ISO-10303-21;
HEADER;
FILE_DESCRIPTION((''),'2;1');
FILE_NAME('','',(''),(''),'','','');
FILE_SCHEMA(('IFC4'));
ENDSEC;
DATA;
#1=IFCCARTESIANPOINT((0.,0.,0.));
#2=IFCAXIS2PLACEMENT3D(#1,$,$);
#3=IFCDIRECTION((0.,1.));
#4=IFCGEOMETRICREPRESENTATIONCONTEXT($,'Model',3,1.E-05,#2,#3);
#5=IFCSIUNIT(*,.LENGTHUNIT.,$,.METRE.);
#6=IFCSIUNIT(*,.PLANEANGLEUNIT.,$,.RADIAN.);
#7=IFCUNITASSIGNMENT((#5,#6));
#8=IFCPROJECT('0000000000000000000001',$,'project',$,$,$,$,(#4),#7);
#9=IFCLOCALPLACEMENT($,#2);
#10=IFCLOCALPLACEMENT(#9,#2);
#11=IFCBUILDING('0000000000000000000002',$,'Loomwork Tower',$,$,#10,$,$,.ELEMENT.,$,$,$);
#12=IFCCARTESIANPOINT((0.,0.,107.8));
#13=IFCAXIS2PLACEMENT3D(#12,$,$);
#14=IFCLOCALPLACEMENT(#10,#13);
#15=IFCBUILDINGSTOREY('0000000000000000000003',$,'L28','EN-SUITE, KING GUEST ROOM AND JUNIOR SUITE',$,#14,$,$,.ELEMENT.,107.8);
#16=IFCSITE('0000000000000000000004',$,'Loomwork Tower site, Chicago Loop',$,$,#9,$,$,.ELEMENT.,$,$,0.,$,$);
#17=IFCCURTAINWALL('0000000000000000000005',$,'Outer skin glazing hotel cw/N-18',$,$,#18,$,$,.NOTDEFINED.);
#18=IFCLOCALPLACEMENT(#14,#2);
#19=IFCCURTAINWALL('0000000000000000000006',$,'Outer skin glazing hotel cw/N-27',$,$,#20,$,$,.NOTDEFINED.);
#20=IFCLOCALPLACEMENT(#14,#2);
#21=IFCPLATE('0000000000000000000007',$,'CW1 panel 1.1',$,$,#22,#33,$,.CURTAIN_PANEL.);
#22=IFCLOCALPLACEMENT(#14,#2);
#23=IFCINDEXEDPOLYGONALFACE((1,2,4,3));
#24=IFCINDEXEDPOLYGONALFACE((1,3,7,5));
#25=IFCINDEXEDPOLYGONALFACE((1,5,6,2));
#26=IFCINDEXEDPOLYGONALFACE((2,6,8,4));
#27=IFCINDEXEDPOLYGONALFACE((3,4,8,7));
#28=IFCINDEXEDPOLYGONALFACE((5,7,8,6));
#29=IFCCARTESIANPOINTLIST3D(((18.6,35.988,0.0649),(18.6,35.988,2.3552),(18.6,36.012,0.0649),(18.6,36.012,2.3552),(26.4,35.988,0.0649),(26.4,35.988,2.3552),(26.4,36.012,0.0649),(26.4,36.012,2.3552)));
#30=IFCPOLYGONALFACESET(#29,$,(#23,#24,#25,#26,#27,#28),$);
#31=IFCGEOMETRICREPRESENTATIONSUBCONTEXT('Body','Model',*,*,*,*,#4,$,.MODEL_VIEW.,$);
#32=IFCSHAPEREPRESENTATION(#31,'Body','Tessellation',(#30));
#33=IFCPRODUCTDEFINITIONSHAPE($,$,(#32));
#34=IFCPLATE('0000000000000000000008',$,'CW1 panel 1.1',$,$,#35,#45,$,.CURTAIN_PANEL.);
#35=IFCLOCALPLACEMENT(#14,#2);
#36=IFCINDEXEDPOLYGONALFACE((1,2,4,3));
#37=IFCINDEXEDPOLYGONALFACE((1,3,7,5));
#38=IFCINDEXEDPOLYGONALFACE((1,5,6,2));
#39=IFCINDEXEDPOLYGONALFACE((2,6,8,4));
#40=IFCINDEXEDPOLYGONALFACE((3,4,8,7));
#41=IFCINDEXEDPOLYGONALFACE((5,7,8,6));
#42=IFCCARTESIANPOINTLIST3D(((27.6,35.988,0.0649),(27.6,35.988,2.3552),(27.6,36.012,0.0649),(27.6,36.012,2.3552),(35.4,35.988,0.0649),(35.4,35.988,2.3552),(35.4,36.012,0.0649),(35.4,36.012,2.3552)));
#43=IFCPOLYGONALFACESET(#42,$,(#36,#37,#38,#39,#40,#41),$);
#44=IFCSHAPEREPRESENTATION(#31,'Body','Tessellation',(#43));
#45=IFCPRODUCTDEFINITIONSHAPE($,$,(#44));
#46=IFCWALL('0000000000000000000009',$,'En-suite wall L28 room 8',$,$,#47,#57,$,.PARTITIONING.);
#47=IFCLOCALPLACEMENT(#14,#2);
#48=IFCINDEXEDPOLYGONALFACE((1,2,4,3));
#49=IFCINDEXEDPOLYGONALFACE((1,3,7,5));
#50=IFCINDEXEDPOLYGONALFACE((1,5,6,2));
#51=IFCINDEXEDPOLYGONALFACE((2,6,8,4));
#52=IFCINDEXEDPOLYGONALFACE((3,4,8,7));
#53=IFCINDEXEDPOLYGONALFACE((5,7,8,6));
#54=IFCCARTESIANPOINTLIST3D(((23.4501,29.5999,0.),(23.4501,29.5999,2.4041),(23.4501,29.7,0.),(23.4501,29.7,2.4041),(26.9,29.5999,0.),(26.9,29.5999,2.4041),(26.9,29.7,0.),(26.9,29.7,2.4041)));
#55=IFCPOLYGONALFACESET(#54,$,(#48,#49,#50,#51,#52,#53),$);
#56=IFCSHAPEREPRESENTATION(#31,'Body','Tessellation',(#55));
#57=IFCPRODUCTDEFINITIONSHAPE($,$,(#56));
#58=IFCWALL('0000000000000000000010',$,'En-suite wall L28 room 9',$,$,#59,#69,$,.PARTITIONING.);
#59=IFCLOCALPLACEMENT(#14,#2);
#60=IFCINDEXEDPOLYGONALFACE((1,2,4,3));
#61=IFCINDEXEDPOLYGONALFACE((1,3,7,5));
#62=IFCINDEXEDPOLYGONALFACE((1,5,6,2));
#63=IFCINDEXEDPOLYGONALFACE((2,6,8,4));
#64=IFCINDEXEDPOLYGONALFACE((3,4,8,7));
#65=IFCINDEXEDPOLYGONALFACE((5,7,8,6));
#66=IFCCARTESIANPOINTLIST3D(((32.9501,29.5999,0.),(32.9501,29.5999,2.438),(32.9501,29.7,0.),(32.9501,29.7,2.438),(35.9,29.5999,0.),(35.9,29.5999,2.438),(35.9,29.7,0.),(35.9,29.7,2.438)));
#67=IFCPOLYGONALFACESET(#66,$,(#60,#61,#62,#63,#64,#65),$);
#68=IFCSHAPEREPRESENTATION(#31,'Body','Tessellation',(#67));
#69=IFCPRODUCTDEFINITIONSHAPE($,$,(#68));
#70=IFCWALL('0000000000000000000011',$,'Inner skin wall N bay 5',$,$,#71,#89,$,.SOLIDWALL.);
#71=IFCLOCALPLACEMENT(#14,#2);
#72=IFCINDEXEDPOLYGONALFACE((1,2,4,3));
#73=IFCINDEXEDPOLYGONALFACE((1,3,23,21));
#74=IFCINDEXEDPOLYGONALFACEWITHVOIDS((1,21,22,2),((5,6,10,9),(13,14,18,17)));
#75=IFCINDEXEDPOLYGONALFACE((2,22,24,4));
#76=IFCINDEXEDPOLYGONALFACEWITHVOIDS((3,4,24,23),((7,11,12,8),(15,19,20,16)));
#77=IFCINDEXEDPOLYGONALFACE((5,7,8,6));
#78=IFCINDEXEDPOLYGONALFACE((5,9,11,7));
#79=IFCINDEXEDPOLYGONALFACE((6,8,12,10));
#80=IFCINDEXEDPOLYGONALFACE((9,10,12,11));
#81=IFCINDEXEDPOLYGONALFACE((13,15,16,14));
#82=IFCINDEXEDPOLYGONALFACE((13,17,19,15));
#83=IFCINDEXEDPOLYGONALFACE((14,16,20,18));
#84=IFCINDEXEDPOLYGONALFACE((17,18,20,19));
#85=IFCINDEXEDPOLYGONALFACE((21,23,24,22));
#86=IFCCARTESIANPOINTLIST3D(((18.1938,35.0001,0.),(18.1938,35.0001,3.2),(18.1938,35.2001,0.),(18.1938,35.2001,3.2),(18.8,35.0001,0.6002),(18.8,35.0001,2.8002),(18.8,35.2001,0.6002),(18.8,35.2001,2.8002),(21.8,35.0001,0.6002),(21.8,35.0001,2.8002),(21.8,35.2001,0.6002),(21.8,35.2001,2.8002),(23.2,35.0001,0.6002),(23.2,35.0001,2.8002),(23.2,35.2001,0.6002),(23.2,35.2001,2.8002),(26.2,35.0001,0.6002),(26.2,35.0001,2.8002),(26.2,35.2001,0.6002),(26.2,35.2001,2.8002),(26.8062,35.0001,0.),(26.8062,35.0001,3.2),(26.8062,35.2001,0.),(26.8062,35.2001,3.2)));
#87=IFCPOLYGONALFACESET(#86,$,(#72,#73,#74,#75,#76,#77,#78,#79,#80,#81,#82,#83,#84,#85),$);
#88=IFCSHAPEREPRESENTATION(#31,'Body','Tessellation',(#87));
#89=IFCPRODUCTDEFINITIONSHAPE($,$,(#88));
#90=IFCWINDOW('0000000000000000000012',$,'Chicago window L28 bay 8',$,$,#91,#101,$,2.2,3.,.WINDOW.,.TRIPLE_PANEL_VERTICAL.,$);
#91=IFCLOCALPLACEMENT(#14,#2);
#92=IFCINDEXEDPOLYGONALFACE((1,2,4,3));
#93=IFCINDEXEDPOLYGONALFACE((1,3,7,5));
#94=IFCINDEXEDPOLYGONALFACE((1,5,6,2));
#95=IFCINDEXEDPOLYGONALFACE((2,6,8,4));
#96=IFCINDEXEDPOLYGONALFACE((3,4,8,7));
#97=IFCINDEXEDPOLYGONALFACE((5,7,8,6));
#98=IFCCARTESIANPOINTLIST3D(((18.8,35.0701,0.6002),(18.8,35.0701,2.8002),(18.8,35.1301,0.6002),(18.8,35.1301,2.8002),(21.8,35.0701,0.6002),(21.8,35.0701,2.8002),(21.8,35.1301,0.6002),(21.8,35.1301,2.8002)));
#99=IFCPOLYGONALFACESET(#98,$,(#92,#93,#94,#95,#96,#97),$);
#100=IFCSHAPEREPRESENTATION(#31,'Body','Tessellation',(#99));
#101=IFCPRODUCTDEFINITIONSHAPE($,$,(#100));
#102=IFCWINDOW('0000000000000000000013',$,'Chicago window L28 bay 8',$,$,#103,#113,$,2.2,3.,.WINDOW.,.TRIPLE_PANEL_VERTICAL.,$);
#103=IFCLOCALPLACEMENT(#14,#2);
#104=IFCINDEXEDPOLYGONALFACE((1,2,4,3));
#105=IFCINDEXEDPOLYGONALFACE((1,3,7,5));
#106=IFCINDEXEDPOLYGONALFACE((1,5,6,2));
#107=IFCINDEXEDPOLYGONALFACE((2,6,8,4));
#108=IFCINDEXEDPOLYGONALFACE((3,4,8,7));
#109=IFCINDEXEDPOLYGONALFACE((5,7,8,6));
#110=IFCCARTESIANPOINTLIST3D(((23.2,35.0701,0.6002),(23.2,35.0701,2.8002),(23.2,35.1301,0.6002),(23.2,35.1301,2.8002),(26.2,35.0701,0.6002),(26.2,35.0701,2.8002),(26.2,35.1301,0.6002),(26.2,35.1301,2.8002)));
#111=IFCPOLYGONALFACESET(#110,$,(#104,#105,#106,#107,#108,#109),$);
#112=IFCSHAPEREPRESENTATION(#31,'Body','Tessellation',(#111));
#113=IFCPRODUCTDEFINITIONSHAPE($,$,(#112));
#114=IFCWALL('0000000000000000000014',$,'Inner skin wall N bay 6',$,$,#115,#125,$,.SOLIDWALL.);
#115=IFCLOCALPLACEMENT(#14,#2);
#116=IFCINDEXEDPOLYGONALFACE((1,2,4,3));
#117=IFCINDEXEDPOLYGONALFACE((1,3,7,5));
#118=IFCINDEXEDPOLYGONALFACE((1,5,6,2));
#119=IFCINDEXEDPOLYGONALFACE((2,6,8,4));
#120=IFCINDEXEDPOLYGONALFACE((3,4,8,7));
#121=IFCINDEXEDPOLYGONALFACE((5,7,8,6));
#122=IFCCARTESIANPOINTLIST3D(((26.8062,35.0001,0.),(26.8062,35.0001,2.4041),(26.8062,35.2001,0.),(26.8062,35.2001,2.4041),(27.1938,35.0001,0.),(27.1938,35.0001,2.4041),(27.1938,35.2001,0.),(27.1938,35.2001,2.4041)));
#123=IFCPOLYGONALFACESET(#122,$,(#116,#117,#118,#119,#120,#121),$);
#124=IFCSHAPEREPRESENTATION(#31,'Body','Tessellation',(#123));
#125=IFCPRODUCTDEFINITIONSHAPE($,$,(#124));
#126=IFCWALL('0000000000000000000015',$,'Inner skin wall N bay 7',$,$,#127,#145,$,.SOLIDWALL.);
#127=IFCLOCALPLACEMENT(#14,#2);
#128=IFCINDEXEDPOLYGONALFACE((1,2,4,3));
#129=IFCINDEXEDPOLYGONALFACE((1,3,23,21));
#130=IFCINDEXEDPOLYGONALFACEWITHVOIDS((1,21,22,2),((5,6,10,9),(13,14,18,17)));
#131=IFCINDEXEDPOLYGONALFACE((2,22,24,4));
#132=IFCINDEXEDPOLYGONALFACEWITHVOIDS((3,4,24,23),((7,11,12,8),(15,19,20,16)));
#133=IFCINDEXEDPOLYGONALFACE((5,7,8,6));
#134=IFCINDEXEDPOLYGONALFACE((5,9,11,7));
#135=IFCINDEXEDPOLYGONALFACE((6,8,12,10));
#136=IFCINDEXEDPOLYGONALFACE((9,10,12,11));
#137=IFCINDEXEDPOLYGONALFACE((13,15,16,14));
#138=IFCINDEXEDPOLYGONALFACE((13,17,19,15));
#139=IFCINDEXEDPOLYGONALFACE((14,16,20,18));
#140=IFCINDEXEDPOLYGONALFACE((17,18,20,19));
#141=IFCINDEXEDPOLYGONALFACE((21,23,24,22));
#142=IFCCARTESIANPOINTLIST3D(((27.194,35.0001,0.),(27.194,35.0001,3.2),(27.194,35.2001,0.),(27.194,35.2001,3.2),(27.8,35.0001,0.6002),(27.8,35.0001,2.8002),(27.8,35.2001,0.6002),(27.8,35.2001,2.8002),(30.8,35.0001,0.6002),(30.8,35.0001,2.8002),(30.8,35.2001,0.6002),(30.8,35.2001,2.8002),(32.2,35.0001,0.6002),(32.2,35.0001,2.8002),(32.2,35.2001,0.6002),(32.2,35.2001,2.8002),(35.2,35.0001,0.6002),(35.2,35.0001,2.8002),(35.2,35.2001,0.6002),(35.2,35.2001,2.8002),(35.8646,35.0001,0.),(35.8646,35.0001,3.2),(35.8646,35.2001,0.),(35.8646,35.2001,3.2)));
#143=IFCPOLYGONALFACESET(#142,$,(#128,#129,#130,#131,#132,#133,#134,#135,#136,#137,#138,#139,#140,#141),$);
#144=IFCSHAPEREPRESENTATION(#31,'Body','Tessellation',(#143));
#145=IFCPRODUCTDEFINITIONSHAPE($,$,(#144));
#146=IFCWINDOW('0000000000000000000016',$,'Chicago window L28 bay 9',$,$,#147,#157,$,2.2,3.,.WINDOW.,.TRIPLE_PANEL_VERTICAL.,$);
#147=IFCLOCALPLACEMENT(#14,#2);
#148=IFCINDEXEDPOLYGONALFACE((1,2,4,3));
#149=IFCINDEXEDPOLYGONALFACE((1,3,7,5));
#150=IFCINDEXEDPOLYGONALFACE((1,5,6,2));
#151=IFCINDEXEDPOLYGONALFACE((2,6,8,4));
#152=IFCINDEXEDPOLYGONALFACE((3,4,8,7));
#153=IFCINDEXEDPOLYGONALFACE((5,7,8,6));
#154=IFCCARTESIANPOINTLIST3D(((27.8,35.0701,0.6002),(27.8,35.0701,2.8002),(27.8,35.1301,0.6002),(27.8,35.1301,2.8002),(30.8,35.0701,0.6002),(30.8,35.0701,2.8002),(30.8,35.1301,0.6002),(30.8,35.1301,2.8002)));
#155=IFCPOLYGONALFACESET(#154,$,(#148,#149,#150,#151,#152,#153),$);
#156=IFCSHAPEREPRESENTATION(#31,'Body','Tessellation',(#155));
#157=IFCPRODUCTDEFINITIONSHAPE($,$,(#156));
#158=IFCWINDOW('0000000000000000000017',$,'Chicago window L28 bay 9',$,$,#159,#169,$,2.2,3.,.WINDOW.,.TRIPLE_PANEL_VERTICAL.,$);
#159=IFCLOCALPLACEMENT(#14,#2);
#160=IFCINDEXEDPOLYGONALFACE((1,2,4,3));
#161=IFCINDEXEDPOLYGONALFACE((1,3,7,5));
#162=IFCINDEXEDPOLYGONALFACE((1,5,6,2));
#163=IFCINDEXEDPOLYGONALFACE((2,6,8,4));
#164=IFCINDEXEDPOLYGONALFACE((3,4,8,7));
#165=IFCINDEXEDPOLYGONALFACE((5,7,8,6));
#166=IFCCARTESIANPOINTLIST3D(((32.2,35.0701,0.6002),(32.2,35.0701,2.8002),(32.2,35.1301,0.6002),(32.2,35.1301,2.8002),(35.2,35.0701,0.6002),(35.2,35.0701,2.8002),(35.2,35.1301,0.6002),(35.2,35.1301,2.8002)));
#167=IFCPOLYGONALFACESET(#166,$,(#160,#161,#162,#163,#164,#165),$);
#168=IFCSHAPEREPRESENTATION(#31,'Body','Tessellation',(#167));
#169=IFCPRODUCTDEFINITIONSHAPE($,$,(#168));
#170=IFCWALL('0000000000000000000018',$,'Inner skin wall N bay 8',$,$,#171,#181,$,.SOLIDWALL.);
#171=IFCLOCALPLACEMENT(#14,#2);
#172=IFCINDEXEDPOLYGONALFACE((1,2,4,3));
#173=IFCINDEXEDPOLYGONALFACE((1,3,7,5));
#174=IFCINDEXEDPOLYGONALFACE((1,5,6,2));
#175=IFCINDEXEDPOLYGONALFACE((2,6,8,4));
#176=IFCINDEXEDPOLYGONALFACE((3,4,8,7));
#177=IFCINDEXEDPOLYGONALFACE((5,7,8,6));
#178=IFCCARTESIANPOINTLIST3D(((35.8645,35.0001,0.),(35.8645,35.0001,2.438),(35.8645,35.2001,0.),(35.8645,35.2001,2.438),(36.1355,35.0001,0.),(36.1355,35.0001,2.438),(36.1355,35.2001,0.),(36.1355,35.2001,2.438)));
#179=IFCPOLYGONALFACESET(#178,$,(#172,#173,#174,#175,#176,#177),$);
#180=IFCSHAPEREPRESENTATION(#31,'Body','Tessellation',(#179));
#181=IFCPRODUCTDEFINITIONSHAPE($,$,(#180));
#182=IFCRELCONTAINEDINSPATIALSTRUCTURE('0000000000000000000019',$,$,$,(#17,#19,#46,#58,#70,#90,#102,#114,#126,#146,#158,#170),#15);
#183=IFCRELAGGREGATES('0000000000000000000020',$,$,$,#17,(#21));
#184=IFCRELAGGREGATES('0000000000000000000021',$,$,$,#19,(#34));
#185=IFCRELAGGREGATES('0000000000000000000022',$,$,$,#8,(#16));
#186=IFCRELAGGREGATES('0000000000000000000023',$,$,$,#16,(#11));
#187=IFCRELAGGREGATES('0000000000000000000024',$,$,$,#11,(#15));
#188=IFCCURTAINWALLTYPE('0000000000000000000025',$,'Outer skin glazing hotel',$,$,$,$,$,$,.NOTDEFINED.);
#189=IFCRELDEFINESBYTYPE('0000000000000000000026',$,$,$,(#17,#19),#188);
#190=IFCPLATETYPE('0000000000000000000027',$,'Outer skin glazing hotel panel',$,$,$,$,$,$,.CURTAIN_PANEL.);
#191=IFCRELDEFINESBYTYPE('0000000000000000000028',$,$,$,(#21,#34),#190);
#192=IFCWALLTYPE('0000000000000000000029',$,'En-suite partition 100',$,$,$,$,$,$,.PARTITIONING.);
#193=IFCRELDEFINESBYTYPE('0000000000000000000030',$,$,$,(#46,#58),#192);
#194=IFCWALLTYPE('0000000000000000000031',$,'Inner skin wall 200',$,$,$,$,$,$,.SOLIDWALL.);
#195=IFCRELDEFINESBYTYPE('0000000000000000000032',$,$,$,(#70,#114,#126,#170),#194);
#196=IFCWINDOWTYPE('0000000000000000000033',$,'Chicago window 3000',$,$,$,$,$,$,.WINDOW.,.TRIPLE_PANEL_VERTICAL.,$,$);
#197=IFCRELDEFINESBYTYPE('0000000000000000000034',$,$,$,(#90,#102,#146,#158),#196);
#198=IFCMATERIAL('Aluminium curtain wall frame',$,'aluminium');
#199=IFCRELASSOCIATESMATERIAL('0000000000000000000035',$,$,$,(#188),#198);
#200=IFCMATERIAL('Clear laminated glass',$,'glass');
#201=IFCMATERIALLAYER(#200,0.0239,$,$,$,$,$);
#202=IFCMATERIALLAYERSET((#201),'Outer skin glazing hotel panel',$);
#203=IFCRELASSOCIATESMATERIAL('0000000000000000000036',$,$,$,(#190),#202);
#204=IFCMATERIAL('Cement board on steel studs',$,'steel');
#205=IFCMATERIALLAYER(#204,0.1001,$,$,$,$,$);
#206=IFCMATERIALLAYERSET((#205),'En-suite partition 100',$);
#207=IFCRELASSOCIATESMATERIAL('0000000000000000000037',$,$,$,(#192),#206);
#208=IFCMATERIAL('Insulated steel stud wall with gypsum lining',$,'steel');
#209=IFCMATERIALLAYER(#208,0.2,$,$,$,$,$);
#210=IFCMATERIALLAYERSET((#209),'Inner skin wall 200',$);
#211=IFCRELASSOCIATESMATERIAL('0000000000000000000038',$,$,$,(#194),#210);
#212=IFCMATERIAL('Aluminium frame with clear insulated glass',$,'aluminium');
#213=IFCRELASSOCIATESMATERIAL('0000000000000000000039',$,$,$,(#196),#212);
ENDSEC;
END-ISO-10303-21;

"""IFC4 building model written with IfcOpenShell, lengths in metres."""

from ifc_helpers import new_model, si_unit, direction, frame, frame_2d, origin, origin_2d, place, context, subcontext, project, spatial, rectangle, extrude, material, layer, layer_set, type_object, element, fill, aggregate, save


model = new_model("IFC4")

# Units and contexts
model_context = context("Model", 3, precision=1e-05, world=origin(), true_north=direction((0.0, 1.0)))
body_context = subcontext(model_context, "Body", "Model", "MODEL_VIEW")
ifc_project = project(units=[si_unit("LENGTHUNIT", "METRE"), si_unit("PLANEANGLEUNIT", "RADIAN")], contexts=[model_context])

# Site, building, storey
site_placement = place(None, origin())
site = spatial("IfcSite", under=ifc_project, at=site_placement, Name="Loomwork Tower site, Chicago Loop", CompositionType="ELEMENT", RefElevation=0.0)
building_placement = place(site_placement, origin())
building = spatial("IfcBuilding", under=site, at=building_placement, Name="Loomwork Tower", CompositionType="ELEMENT")
storey_placement = place(building_placement, frame((0.0, 0.0, 107.8)))
storey = spatial("IfcBuildingStorey", under=building, at=storey_placement, Name="L28", Description="EN-SUITE, KING GUEST ROOM AND JUNIOR SUITE", CompositionType="ELEMENT", Elevation=107.8)

# Curtain walls
ifc_material_1 = material(Name="Aluminium curtain wall frame", Category="aluminium")
curtain_wall_type = type_object("IfcCurtainWallType", Name="Outer skin glazing hotel", PredefinedType="NOTDEFINED", material=ifc_material_1)
curtain_wall_1_placement = place(storey_placement, origin())
curtain_wall_1 = element("IfcCurtainWall", 1, at=curtain_wall_1_placement, inside=storey, type_object=curtain_wall_type, Name="Outer skin glazing hotel cw/N-18", PredefinedType="NOTDEFINED")
curtain_wall_2_placement = place(storey_placement, origin())
curtain_wall_2 = element("IfcCurtainWall", 2, at=curtain_wall_2_placement, inside=storey, type_object=curtain_wall_type, Name="Outer skin glazing hotel cw/N-27", PredefinedType="NOTDEFINED")

# Plates
ifc_material_2 = material(Name="Clear laminated glass", Category="glass")
ifc_layer_1 = layer(ifc_material_2, 0.0239)
ifc_layer_set_1 = layer_set([ifc_layer_1], Name="Outer skin glazing hotel panel")
plate_type = type_object("IfcPlateType", Name="Outer skin glazing hotel panel", PredefinedType="CURTAIN_PANEL", material=ifc_layer_set_1)
plate_1_placement = place(storey_placement, frame((22.5, 36.0, 0.0649), z_axis=(0.0, 0.0, 1.0), x_axis=(-1.0, 0.0, 0.0)))
plate_1 = element("IfcPlate", 3, at=plate_1_placement, type_object=plate_type, Name="CW1 panel 1.1", PredefinedType="CURTAIN_PANEL", context=body_context, shape_type="SweptSolid", body=[
    extrude(rectangle(XDim=7.8, YDim=0.0239, at=origin_2d()), origin(), (0.0, 0.0, 1.0), 2.2903),
])
aggregate(curtain_wall_1, [plate_1])
plate_2_placement = place(storey_placement, frame((31.5, 36.0, 0.0649), z_axis=(0.0, 0.0, 1.0), x_axis=(-1.0, 0.0, 0.0)))
plate_2 = element("IfcPlate", 4, at=plate_2_placement, type_object=plate_type, Name="CW1 panel 1.1", PredefinedType="CURTAIN_PANEL", context=body_context, shape_type="SweptSolid", body=[
    extrude(rectangle(XDim=7.8, YDim=0.0239, at=origin_2d()), origin(), (0.0, 0.0, 1.0), 2.2903),
])
aggregate(curtain_wall_2, [plate_2])

# Walls
ifc_material_3 = material(Name="Cement board on steel studs", Category="steel")
ifc_layer_2 = layer(ifc_material_3, 0.1001)
ifc_layer_set_2 = layer_set([ifc_layer_2], Name="En-suite partition 100")
wall_type_1 = type_object("IfcWallType", Name="En-suite partition 100", PredefinedType="PARTITIONING", material=ifc_layer_set_2)
wall_1_placement = place(storey_placement, frame((23.45, 29.6499, 0.0), z_axis=(0.0, 0.0, 1.0), x_axis=(1.0, 0.0, 0.0)))
element("IfcWall", 5, at=wall_1_placement, inside=storey, type_object=wall_type_1, Name="En-suite wall L28 room 8", PredefinedType="PARTITIONING", context=body_context, shape_type="SweptSolid", body=[
    extrude(rectangle(XDim=3.45, YDim=0.1001, at=frame_2d((1.7251, 0.0))), origin(), (0.0, 0.0, 1.0), 2.4041),
])
wall_2_placement = place(storey_placement, frame((32.95, 29.6499, 0.0), z_axis=(0.0, 0.0, 1.0), x_axis=(1.0, 0.0, 0.0)))
element("IfcWall", 6, at=wall_2_placement, inside=storey, type_object=wall_type_1, Name="En-suite wall L28 room 9", PredefinedType="PARTITIONING", context=body_context, shape_type="SweptSolid", body=[
    extrude(rectangle(XDim=2.95, YDim=0.1001, at=frame_2d((1.4751, 0.0))), origin(), (0.0, 0.0, 1.0), 2.438),
])

# Wall, openings, windows
ifc_material_4 = material(Name="Insulated steel stud wall with gypsum lining", Category="steel")
ifc_layer_3 = layer(ifc_material_4, 0.2)
ifc_layer_set_3 = layer_set([ifc_layer_3], Name="Inner skin wall 200")
wall_type_2 = type_object("IfcWallType", Name="Inner skin wall 200", PredefinedType="SOLIDWALL", material=ifc_layer_set_3)
wall_3_placement = place(storey_placement, frame((18.1938, 35.1001, 0.0), z_axis=(0.0, 0.0, 1.0), x_axis=(1.0, 0.0, 0.0)))
wall_3 = element("IfcWall", 7, at=wall_3_placement, inside=storey, type_object=wall_type_2, Name="Inner skin wall N bay 5", PredefinedType="SOLIDWALL", context=body_context, shape_type="SweptSolid", body=[
    extrude(rectangle(XDim=8.6123, YDim=0.2, at=frame_2d((4.3062, 0.0))), origin(), (0.0, 0.0, 1.0), 3.2),
])
opening_1_placement = place(wall_3_placement, frame((0.6062, 0.0, 0.6001)))
opening_1 = element("IfcOpeningElement", 8, at=opening_1_placement, cuts=wall_3, PredefinedType="OPENING", context=body_context, shape_type="SweptSolid", body=[
    extrude(rectangle(XDim=3.0, YDim=2.2, at=frame_2d((1.5, 1.1001))), frame((0.0, 0.1099, 0.0), z_axis=(0.0, -1.0, 0.0), x_axis=(1.0, 0.0, 0.0)), (0.0, 0.0, 1.0), 0.22),
])
opening_2_placement = place(wall_3_placement, frame((5.0061, 0.0, 0.6001)))
opening_2 = element("IfcOpeningElement", 9, at=opening_2_placement, cuts=wall_3, PredefinedType="OPENING", context=body_context, shape_type="SweptSolid", body=[
    extrude(rectangle(XDim=3.0, YDim=2.2, at=frame_2d((1.5, 1.1001))), frame((0.0, 0.1099, 0.0), z_axis=(0.0, -1.0, 0.0), x_axis=(1.0, 0.0, 0.0)), (0.0, 0.0, 1.0), 0.22),
])
ifc_material_5 = material(Name="Aluminium frame with clear insulated glass", Category="aluminium")
window_type = type_object("IfcWindowType", Name="Chicago window 3000", PartitioningType="TRIPLE_PANEL_VERTICAL", PredefinedType="WINDOW", material=ifc_material_5)
window_1_placement = place(opening_1_placement, origin())
window_1 = element("IfcWindow", 10, at=window_1_placement, inside=storey, type_object=window_type, Name="Chicago window L28 bay 8", OverallHeight=2.2, OverallWidth=3.0, PartitioningType="TRIPLE_PANEL_VERTICAL", PredefinedType="WINDOW", context=body_context, shape_type="SweptSolid", body=[
    extrude(rectangle(XDim=3.0, YDim=2.2, at=frame_2d((1.5, 1.1001))), frame((0.0, 0.03, 0.0), z_axis=(0.0, -1.0, 0.0), x_axis=(1.0, 0.0, 0.0)), (0.0, 0.0, 1.0), 0.0601),
])
fill(opening_1, window_1)
window_2_placement = place(opening_2_placement, origin())
window_2 = element("IfcWindow", 11, at=window_2_placement, inside=storey, type_object=window_type, Name="Chicago window L28 bay 8", OverallHeight=2.2, OverallWidth=3.0, PartitioningType="TRIPLE_PANEL_VERTICAL", PredefinedType="WINDOW", context=body_context, shape_type="SweptSolid", body=[
    extrude(rectangle(XDim=3.0, YDim=2.2, at=frame_2d((1.5, 1.1001))), frame((0.0, 0.03, 0.0), z_axis=(0.0, -1.0, 0.0), x_axis=(1.0, 0.0, 0.0)), (0.0, 0.0, 1.0), 0.0601),
])
fill(opening_2, window_2)

# Wall
wall_4_placement = place(storey_placement, frame((26.8062, 35.1001, 0.0), z_axis=(0.0, 0.0, 1.0), x_axis=(1.0, 0.0, 0.0)))
element("IfcWall", 12, at=wall_4_placement, inside=storey, type_object=wall_type_2, Name="Inner skin wall N bay 6", PredefinedType="SOLIDWALL", context=body_context, shape_type="SweptSolid", body=[
    extrude(rectangle(XDim=0.3877, YDim=0.2, at=frame_2d((0.1938, 0.0))), origin(), (0.0, 0.0, 1.0), 2.4041),
])

# Wall, openings, windows
wall_5_placement = place(storey_placement, frame((27.1938, 35.1001, 0.0), z_axis=(0.0, 0.0, 1.0), x_axis=(1.0, 0.0, 0.0)))
wall_5 = element("IfcWall", 13, at=wall_5_placement, inside=storey, type_object=wall_type_2, Name="Inner skin wall N bay 7", PredefinedType="SOLIDWALL", context=body_context, shape_type="SweptSolid", body=[
    extrude(rectangle(XDim=8.6707, YDim=0.2, at=frame_2d((4.3354, 0.0))), origin(), (0.0, 0.0, 1.0), 3.2),
])
opening_3_placement = place(wall_5_placement, frame((0.6062, 0.0, 0.6001)))
opening_3 = element("IfcOpeningElement", 14, at=opening_3_placement, cuts=wall_5, PredefinedType="OPENING", context=body_context, shape_type="SweptSolid", body=[
    extrude(rectangle(XDim=3.0, YDim=2.2, at=frame_2d((1.5, 1.1001))), frame((0.0, 0.1099, 0.0), z_axis=(0.0, -1.0, 0.0), x_axis=(1.0, 0.0, 0.0)), (0.0, 0.0, 1.0), 0.22),
])
opening_4_placement = place(wall_5_placement, frame((5.0061, 0.0, 0.6001)))
opening_4 = element("IfcOpeningElement", 15, at=opening_4_placement, cuts=wall_5, PredefinedType="OPENING", context=body_context, shape_type="SweptSolid", body=[
    extrude(rectangle(XDim=3.0, YDim=2.2, at=frame_2d((1.5, 1.1001))), frame((0.0, 0.1099, 0.0), z_axis=(0.0, -1.0, 0.0), x_axis=(1.0, 0.0, 0.0)), (0.0, 0.0, 1.0), 0.22),
])
window_3_placement = place(opening_3_placement, origin())
window_3 = element("IfcWindow", 16, at=window_3_placement, inside=storey, type_object=window_type, Name="Chicago window L28 bay 9", OverallHeight=2.2, OverallWidth=3.0, PartitioningType="TRIPLE_PANEL_VERTICAL", PredefinedType="WINDOW", context=body_context, shape_type="SweptSolid", body=[
    extrude(rectangle(XDim=3.0, YDim=2.2, at=frame_2d((1.5, 1.1001))), frame((0.0, 0.03, 0.0), z_axis=(0.0, -1.0, 0.0), x_axis=(1.0, 0.0, 0.0)), (0.0, 0.0, 1.0), 0.0601),
])
fill(opening_3, window_3)
window_4_placement = place(opening_4_placement, origin())
window_4 = element("IfcWindow", 17, at=window_4_placement, inside=storey, type_object=window_type, Name="Chicago window L28 bay 9", OverallHeight=2.2, OverallWidth=3.0, PartitioningType="TRIPLE_PANEL_VERTICAL", PredefinedType="WINDOW", context=body_context, shape_type="SweptSolid", body=[
    extrude(rectangle(XDim=3.0, YDim=2.2, at=frame_2d((1.5, 1.1001))), frame((0.0, 0.03, 0.0), z_axis=(0.0, -1.0, 0.0), x_axis=(1.0, 0.0, 0.0)), (0.0, 0.0, 1.0), 0.0601),
])
fill(opening_4, window_4)

# Wall
wall_6_placement = place(storey_placement, frame((35.8645, 35.1001, 0.0), z_axis=(0.0, 0.0, 1.0), x_axis=(1.0, 0.0, 0.0)))
element("IfcWall", 18, at=wall_6_placement, inside=storey, type_object=wall_type_2, Name="Inner skin wall N bay 8", PredefinedType="SOLIDWALL", context=body_context, shape_type="SweptSolid", body=[
    extrude(rectangle(XDim=0.271, YDim=0.2, at=frame_2d((0.1355, 0.0))), origin(), (0.0, 0.0, 1.0), 2.438),
])

save(model, "model.ifc")
